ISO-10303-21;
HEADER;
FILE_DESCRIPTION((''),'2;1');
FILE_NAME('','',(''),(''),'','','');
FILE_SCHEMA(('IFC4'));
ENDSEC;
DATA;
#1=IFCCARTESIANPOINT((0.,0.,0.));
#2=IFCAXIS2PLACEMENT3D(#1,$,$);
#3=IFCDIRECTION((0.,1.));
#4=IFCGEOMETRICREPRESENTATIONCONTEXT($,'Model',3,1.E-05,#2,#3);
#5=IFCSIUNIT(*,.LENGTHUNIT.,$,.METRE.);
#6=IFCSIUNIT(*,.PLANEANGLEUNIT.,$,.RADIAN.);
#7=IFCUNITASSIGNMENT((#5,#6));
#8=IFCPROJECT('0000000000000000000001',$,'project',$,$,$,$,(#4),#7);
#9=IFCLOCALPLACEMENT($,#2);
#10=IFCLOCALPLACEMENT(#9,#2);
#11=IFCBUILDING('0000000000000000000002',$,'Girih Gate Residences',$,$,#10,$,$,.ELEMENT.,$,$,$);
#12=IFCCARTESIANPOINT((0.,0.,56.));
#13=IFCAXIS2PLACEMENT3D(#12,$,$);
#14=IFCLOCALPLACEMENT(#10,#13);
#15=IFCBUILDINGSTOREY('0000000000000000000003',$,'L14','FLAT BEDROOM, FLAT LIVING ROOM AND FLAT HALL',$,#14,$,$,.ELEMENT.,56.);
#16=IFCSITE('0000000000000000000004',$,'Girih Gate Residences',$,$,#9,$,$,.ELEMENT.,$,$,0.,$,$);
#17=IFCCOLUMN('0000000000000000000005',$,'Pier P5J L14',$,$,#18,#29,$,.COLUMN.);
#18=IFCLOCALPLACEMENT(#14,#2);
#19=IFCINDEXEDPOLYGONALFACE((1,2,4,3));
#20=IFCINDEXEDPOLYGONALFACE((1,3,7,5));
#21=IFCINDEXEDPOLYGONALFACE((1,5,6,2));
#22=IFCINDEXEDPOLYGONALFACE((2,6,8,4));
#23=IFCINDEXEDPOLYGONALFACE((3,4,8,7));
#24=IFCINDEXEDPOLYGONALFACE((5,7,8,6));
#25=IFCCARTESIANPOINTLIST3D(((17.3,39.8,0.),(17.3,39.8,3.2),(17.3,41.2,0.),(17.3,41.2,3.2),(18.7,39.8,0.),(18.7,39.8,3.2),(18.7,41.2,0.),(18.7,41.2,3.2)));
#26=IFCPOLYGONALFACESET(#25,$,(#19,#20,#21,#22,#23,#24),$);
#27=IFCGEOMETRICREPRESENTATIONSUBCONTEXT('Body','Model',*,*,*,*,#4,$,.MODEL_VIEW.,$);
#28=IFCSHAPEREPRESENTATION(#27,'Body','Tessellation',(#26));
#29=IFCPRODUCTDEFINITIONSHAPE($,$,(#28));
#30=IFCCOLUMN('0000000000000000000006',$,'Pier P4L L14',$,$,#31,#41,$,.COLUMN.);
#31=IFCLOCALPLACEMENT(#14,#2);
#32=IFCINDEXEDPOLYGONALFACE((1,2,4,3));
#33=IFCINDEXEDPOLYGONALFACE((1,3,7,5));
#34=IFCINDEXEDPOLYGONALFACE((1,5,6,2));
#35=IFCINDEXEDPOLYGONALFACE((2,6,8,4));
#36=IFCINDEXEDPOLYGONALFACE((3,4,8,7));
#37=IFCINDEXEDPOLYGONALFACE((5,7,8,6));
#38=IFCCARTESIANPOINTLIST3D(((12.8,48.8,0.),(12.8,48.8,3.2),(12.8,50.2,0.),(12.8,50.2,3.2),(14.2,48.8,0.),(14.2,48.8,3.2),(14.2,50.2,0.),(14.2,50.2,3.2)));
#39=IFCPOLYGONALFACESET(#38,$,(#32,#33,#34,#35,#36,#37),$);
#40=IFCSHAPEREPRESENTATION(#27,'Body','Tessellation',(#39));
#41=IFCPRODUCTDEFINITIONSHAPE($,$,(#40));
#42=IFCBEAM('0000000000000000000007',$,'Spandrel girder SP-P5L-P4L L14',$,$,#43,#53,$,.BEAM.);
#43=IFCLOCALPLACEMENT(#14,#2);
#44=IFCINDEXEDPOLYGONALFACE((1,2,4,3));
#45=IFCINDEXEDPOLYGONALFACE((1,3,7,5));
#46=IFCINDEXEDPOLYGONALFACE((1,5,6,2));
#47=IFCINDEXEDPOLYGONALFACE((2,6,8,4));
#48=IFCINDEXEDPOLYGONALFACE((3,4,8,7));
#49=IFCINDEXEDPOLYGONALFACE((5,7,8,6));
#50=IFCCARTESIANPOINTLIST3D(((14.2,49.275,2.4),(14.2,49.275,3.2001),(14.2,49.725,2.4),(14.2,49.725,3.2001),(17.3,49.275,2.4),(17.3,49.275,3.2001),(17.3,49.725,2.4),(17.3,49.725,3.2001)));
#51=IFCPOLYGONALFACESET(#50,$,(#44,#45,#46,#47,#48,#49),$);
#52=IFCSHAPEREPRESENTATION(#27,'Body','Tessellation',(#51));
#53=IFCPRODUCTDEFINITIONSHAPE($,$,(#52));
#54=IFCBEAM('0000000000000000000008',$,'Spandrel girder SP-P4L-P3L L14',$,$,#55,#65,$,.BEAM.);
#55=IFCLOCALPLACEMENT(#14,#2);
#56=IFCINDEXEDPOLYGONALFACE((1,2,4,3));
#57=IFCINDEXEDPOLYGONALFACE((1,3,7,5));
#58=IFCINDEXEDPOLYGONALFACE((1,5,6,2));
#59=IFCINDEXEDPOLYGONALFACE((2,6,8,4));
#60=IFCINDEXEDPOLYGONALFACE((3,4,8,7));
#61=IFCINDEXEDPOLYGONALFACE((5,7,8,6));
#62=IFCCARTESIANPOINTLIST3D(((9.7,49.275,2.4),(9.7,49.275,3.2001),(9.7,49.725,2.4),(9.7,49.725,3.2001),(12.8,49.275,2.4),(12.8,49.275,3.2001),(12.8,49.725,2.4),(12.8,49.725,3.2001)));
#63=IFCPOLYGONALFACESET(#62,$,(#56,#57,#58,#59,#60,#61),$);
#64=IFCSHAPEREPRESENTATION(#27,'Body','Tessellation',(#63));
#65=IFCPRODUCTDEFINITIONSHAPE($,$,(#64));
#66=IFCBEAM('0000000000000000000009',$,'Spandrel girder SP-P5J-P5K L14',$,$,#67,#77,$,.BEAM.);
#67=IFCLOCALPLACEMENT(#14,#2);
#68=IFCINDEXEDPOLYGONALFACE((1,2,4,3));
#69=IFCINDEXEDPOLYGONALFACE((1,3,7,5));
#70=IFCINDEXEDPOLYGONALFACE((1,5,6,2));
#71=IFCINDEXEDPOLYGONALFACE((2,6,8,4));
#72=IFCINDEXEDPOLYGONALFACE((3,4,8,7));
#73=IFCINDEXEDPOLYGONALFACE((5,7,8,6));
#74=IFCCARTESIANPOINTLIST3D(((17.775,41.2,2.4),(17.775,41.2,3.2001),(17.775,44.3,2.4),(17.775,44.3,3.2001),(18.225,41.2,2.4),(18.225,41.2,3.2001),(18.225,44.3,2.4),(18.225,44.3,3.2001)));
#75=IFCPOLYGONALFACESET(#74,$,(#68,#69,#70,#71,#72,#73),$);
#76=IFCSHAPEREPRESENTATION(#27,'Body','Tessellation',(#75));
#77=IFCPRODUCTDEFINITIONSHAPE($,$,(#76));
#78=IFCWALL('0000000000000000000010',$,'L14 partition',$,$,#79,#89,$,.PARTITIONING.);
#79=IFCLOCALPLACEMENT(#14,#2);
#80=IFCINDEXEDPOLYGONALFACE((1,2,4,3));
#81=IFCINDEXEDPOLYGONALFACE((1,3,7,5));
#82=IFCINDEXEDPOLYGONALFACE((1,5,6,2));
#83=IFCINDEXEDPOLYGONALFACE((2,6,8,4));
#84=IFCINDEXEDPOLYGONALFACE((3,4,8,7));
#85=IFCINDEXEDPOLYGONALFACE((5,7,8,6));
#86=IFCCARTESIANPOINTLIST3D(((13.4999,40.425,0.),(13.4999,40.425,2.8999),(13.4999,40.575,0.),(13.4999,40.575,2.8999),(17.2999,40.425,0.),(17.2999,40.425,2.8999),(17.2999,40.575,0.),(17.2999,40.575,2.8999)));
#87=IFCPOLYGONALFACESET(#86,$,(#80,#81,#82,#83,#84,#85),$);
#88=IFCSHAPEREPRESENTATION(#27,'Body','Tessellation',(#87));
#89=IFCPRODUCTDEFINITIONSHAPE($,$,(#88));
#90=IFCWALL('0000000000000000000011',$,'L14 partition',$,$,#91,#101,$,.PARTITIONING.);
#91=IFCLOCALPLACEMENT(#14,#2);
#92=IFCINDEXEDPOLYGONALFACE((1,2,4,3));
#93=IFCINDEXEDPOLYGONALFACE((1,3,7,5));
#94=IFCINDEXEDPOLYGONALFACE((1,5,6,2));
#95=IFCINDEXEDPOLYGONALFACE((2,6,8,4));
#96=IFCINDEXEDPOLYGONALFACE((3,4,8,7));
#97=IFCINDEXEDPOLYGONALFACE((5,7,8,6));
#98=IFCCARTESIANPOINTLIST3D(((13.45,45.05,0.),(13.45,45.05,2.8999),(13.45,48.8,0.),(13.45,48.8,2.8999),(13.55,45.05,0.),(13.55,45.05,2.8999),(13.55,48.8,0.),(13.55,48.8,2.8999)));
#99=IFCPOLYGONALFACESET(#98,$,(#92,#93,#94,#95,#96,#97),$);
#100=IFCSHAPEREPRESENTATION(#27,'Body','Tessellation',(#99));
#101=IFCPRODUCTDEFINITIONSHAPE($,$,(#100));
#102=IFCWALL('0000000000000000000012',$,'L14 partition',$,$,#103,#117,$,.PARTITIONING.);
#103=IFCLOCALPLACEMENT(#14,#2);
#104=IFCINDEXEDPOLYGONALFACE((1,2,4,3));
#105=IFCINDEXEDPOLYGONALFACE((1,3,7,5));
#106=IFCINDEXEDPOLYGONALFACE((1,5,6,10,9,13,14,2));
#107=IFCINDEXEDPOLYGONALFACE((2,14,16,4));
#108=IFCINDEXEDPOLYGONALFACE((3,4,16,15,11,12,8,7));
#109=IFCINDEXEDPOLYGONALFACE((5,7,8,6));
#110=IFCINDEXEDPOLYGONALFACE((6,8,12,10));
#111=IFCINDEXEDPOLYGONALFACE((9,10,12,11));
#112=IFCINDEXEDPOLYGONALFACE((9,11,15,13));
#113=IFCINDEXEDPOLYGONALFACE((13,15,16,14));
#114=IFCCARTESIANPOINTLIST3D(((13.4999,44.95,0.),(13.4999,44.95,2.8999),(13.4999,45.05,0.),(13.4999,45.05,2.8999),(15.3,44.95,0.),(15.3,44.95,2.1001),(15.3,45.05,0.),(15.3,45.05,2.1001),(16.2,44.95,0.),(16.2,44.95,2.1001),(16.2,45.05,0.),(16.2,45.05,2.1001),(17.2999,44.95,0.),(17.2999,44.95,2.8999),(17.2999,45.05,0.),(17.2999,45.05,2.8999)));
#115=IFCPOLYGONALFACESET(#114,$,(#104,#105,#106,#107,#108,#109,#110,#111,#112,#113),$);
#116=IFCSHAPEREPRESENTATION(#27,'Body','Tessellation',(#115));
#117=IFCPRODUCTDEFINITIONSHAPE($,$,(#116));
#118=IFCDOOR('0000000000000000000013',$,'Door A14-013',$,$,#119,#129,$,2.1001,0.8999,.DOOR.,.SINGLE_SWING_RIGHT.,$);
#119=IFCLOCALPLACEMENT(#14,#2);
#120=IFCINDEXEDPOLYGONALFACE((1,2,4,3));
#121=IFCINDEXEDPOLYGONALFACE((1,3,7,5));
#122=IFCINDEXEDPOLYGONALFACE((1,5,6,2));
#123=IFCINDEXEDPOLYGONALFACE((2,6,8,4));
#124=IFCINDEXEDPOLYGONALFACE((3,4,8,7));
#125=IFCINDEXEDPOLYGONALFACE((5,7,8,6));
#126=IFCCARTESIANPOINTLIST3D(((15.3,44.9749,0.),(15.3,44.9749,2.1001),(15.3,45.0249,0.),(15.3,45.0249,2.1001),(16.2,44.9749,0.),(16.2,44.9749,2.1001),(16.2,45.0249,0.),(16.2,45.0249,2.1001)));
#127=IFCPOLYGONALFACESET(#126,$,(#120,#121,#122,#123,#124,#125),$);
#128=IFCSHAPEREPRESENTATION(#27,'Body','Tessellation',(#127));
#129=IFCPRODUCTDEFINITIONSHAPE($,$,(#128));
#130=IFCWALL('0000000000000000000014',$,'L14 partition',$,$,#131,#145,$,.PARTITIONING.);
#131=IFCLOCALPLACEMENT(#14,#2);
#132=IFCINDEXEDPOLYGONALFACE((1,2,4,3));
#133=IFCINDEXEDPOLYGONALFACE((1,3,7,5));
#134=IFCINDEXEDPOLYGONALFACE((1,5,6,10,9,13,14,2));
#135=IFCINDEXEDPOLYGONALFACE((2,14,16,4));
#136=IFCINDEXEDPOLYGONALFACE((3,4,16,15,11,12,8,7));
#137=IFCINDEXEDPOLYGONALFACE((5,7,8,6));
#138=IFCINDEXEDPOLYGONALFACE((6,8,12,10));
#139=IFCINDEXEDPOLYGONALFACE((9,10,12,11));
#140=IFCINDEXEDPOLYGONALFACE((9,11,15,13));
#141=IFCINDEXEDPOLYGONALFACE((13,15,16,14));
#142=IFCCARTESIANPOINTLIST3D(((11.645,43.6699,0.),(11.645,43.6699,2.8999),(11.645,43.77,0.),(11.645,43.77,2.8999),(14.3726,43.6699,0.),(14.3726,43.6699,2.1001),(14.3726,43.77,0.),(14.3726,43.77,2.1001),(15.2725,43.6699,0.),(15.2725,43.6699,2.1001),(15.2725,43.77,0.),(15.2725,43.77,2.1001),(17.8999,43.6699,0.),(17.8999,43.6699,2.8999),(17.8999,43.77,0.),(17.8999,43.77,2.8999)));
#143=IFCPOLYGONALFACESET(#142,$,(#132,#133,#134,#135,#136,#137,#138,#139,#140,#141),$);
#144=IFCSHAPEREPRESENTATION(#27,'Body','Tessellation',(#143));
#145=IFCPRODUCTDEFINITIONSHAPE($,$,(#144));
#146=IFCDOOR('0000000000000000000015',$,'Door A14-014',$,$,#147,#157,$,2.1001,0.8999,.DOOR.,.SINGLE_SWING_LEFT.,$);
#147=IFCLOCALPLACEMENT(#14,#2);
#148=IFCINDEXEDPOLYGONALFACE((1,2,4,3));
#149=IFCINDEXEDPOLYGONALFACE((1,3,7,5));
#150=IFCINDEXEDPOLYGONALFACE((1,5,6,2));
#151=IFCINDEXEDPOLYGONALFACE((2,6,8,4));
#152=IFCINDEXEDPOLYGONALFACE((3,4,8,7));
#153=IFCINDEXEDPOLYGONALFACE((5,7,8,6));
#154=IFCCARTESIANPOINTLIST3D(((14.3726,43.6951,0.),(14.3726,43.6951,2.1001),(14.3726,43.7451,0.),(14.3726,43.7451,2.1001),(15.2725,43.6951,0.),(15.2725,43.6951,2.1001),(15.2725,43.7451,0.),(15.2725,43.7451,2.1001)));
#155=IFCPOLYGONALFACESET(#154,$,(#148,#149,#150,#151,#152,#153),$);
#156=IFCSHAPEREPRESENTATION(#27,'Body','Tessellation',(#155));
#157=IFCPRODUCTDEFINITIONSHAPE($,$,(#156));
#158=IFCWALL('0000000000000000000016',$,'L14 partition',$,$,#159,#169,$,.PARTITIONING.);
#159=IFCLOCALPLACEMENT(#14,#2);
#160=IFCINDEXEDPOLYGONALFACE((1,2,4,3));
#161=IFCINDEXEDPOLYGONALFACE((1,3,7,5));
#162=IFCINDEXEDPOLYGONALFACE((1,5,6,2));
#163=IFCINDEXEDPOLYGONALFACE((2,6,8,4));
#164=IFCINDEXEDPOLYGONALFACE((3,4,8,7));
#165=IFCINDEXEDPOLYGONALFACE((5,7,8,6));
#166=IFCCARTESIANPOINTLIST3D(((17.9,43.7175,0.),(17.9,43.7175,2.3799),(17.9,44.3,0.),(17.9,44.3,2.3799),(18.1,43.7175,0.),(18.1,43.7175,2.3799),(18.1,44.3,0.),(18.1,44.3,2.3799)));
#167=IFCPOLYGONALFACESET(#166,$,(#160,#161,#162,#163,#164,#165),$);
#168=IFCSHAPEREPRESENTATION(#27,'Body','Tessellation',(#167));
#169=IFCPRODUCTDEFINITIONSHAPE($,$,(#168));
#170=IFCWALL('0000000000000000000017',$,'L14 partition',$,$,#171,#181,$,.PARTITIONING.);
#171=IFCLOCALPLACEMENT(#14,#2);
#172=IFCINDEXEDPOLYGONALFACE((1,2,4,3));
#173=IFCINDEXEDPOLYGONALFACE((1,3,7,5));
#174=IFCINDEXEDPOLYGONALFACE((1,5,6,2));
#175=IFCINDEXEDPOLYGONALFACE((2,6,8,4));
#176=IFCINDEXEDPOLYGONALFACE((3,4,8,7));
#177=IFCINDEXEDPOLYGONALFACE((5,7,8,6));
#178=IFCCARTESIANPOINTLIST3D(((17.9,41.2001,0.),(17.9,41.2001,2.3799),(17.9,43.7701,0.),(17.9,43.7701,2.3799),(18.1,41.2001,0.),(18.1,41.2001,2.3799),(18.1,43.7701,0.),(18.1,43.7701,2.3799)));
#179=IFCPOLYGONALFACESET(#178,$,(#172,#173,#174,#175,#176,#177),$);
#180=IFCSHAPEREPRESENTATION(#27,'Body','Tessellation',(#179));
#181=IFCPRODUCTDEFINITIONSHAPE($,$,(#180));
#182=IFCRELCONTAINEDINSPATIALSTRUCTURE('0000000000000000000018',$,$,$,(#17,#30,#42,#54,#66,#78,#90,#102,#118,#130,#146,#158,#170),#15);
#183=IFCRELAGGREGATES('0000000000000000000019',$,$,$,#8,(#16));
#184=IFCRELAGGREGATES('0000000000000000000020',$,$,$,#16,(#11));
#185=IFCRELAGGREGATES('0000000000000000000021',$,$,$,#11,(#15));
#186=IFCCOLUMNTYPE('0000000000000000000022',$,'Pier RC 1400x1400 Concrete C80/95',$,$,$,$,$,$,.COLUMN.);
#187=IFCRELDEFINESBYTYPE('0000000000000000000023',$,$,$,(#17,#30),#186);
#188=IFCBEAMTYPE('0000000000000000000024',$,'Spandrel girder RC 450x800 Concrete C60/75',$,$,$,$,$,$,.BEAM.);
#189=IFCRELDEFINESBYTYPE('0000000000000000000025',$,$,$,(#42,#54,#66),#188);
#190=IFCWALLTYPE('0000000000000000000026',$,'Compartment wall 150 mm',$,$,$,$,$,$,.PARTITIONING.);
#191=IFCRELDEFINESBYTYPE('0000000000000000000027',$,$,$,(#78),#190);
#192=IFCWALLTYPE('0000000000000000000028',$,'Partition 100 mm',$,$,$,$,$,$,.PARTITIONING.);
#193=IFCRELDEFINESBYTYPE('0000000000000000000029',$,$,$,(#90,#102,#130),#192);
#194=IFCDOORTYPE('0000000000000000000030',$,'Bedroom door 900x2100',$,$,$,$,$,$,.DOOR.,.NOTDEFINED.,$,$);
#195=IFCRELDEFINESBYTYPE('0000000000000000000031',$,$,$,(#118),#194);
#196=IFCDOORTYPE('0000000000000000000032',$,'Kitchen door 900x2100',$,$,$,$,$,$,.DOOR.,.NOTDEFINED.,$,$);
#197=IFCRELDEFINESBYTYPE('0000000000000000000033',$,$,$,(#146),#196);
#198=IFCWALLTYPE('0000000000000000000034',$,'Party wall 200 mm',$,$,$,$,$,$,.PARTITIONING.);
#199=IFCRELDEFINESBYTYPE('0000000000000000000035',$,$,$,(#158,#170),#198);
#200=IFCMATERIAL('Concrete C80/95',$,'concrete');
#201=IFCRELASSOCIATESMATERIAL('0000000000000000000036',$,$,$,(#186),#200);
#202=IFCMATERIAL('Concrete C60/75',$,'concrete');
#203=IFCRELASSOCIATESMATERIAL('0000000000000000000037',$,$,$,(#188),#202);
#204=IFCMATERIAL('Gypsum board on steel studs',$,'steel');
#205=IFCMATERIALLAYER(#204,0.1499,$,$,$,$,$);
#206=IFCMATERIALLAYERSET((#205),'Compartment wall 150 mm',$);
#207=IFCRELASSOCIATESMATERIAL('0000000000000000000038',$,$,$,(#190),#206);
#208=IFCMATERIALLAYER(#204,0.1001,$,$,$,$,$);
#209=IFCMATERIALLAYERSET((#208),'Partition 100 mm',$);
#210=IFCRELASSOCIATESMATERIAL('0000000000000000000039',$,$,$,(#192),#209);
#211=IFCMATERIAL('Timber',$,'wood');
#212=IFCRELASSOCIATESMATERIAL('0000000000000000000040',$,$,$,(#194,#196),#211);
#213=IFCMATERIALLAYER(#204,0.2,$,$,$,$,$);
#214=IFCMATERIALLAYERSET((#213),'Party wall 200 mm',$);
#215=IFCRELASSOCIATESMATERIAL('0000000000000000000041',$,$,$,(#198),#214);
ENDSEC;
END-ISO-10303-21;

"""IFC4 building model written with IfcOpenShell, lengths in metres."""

from ifc_helpers import new_model, si_unit, direction, frame, frame_2d, origin, origin_2d, place, context, subcontext, project, spatial, rectangle, extrude, material, layer, layer_set, material_profile, profile_set, type_object, element, fill, save


model = new_model("IFC4")

# Units and contexts
model_context = context("Model", 3, precision=1e-05, world=origin(), true_north=direction((0.0, 1.0)))
body_context = subcontext(model_context, "Body", "Model", "MODEL_VIEW")
ifc_project = project(units=[si_unit("LENGTHUNIT", "METRE"), si_unit("PLANEANGLEUNIT", "RADIAN")], contexts=[model_context])

# Site, building, storey
site_placement = place(None, origin())
site = spatial("IfcSite", under=ifc_project, at=site_placement, Name="Girih Gate Residences", CompositionType="ELEMENT", RefElevation=0.0)
building_placement = place(site_placement, origin())
building = spatial("IfcBuilding", under=site, at=building_placement, Name="Girih Gate Residences", CompositionType="ELEMENT")
storey_placement = place(building_placement, frame((0.0, 0.0, 56.0)))
storey = spatial("IfcBuildingStorey", under=building, at=storey_placement, Name="L14", Description="FLAT BEDROOM, FLAT LIVING ROOM AND FLAT HALL", CompositionType="ELEMENT", Elevation=56.0)

# Columns
ifc_material_1 = material(Name="Concrete C80/95", Category="concrete")
ifc_material_profile_1 = material_profile(ifc_material_1, rectangle(XDim=1.3999, YDim=1.3999, at=origin_2d()))
ifc_profile_set_1 = profile_set([ifc_material_profile_1], Name="Concrete C80/95")
column_type = type_object("IfcColumnType", Name="Pier RC 1400x1400 Concrete C80/95", PredefinedType="COLUMN", material=ifc_profile_set_1)
for number, where, z_axis, x_axis, name in (
    (1, (18.0, 40.5, 0.0), (0.0, 0.0, 1.0), (1.0, 0.0, 0.0), "Pier P5J L14"),
    (2, (13.5, 49.5, 0.0), (0.0, 0.0, 1.0), (1.0, 0.0, 0.0), "Pier P4L L14"),
):
    element("IfcColumn", number, at=place(storey_placement, frame(where, z_axis=z_axis, x_axis=x_axis)), inside=storey, type_object=column_type, Name=name, PredefinedType="COLUMN", context=body_context, shape_type="SweptSolid", body=[
        extrude(rectangle(XDim=1.3999, YDim=1.3999, at=origin_2d()), origin(), (0.0, 0.0, 1.0), 3.2),
    ])

# Beams
ifc_material_2 = material(Name="Concrete C60/75", Category="concrete")
ifc_material_profile_2 = material_profile(ifc_material_2, rectangle(XDim=0.45, YDim=0.8, at=origin_2d()))
ifc_profile_set_2 = profile_set([ifc_material_profile_2], Name="Concrete C60/75")
beam_type = type_object("IfcBeamType", Name="Spandrel girder RC 450x800 Concrete C60/75", PredefinedType="BEAM", material=ifc_profile_set_2)
for number, where, z_axis, x_axis, name in (
    (3, (17.3, 49.5, 2.8), (-1.0, 0.0, 0.0), (0.0, -1.0, 0.0), "Spandrel girder SP-P5L-P4L L14"),
    (4, (12.8, 49.5, 2.8), (-1.0, 0.0, 0.0), (0.0, -1.0, 0.0), "Spandrel girder SP-P4L-P3L L14"),
    (5, (18.0, 41.2, 2.8), (0.0, 1.0, 0.0), (-1.0, 0.0, 0.0), "Spandrel girder SP-P5J-P5K L14"),
):
    element("IfcBeam", number, at=place(storey_placement, frame(where, z_axis=z_axis, x_axis=x_axis)), inside=storey, type_object=beam_type, Name=name, PredefinedType="BEAM", context=body_context, shape_type="SweptSolid", body=[
        extrude(rectangle(XDim=0.45, YDim=0.8, at=origin_2d()), origin(), (0.0, 0.0, 1.0), 3.1001),
    ])

# Walls
ifc_material_3 = material(Name="Gypsum board on steel studs", Category="steel")
ifc_layer_1 = layer(ifc_material_3, 0.1499)
ifc_layer_set_1 = layer_set([ifc_layer_1], Name="Compartment wall 150 mm")
wall_type_1 = type_object("IfcWallType", Name="Compartment wall 150 mm", PredefinedType="PARTITIONING", material=ifc_layer_set_1)
wall_1_placement = place(storey_placement, frame((13.5, 40.5, 0.0), z_axis=(0.0, 0.0, 1.0), x_axis=(1.0, 0.0, 0.0)))
element("IfcWall", 6, at=wall_1_placement, inside=storey, type_object=wall_type_1, Name="L14 partition", PredefinedType="PARTITIONING", context=body_context, shape_type="SweptSolid", body=[
    extrude(rectangle(XDim=3.8, YDim=0.1499, at=frame_2d((1.8999, 0.0))), origin(), (0.0, 0.0, 1.0), 2.8999),
])
ifc_layer_2 = layer(ifc_material_3, 0.1001)
ifc_layer_set_2 = layer_set([ifc_layer_2], Name="Partition 100 mm")
wall_type_2 = type_object("IfcWallType", Name="Partition 100 mm", PredefinedType="PARTITIONING", material=ifc_layer_set_2)
wall_2_placement = place(storey_placement, frame((13.5, 45.05, 0.0), z_axis=(0.0, 0.0, 1.0), x_axis=(0.0, 1.0, 0.0)))
element("IfcWall", 7, at=wall_2_placement, inside=storey, type_object=wall_type_2, Name="L14 partition", PredefinedType="PARTITIONING", context=body_context, shape_type="SweptSolid", body=[
    extrude(rectangle(XDim=3.75, YDim=0.1001, at=frame_2d((1.875, 0.0))), origin(), (0.0, 0.0, 1.0), 2.8999),
])

# Walls, openings, doors
wall_3_placement = place(storey_placement, frame((13.5, 45.0, 0.0), z_axis=(0.0, 0.0, 1.0), x_axis=(1.0, 0.0, 0.0)))
wall_3 = element("IfcWall", 8, at=wall_3_placement, inside=storey, type_object=wall_type_2, Name="L14 partition", PredefinedType="PARTITIONING", context=body_context, shape_type="SweptSolid", body=[
    extrude(rectangle(XDim=3.8, YDim=0.1001, at=frame_2d((1.8999, 0.0))), origin(), (0.0, 0.0, 1.0), 2.8999),
])
opening_1_placement = place(wall_3_placement, frame((1.8, 0.0, 0.0)))
opening_1 = element("IfcOpeningElement", 9, at=opening_1_placement, cuts=wall_3, PredefinedType="OPENING", context=body_context, shape_type="SweptSolid", body=[
    extrude(rectangle(XDim=0.8999, YDim=2.1001, at=frame_2d((0.45, 1.05))), frame((0.0, 0.0601, 0.0), z_axis=(0.0, -1.0, 0.0), x_axis=(1.0, 0.0, 0.0)), (0.0, 0.0, 1.0), 0.1201),
])
ifc_material_4 = material(Name="Timber", Category="wood")
door_type_1 = type_object("IfcDoorType", Name="Bedroom door 900x2100", OperationType="NOTDEFINED", PredefinedType="DOOR", material=ifc_material_4)
door_1_placement = place(opening_1_placement, origin())
door_1 = element("IfcDoor", 10, at=door_1_placement, inside=storey, type_object=door_type_1, Name="Door A14-013", OperationType="SINGLE_SWING_RIGHT", OverallHeight=2.1001, OverallWidth=0.8999, PredefinedType="DOOR", context=body_context, shape_type="SweptSolid", body=[
    extrude(rectangle(XDim=0.8999, YDim=2.1001, at=frame_2d((0.45, 1.05))), frame((0.0, 0.0249, 0.0), z_axis=(0.0, -1.0, 0.0), x_axis=(1.0, 0.0, 0.0)), (0.0, 0.0, 1.0), 0.05),
])
fill(opening_1, door_1)
wall_4_placement = place(storey_placement, frame((17.8999, 43.72, 0.0), z_axis=(0.0, 0.0, 1.0), x_axis=(-1.0, 0.0, 0.0)))
wall_4 = element("IfcWall", 11, at=wall_4_placement, inside=storey, type_object=wall_type_2, Name="L14 partition", PredefinedType="PARTITIONING", context=body_context, shape_type="SweptSolid", body=[
    extrude(rectangle(XDim=6.2549, YDim=0.1001, at=frame_2d((3.1274, 0.0))), origin(), (0.0, 0.0, 1.0), 2.8999),
])
opening_2_placement = place(wall_4_placement, frame((2.6274, 0.0, 0.0)))
opening_2 = element("IfcOpeningElement", 12, at=opening_2_placement, cuts=wall_4, PredefinedType="OPENING", context=body_context, shape_type="SweptSolid", body=[
    extrude(rectangle(XDim=0.8999, YDim=2.1001, at=frame_2d((0.45, 1.05))), frame((0.0, 0.0601, 0.0), z_axis=(0.0, -1.0, 0.0), x_axis=(1.0, 0.0, 0.0)), (0.0, 0.0, 1.0), 0.1201),
])
door_type_2 = type_object("IfcDoorType", Name="Kitchen door 900x2100", OperationType="NOTDEFINED", PredefinedType="DOOR", material=ifc_material_4)
door_2_placement = place(opening_2_placement, origin())
door_2 = element("IfcDoor", 13, at=door_2_placement, inside=storey, type_object=door_type_2, Name="Door A14-014", OperationType="SINGLE_SWING_LEFT", OverallHeight=2.1001, OverallWidth=0.8999, PredefinedType="DOOR", context=body_context, shape_type="SweptSolid", body=[
    extrude(rectangle(XDim=0.8999, YDim=2.1001, at=frame_2d((0.45, 1.05))), frame((0.0, 0.0249, 0.0), z_axis=(0.0, -1.0, 0.0), x_axis=(1.0, 0.0, 0.0)), (0.0, 0.0, 1.0), 0.05),
])
fill(opening_2, door_2)

# Walls
ifc_layer_3 = layer(ifc_material_3, 0.2)
ifc_layer_set_3 = layer_set([ifc_layer_3], Name="Party wall 200 mm")
wall_type_3 = type_object("IfcWallType", Name="Party wall 200 mm", PredefinedType="PARTITIONING", material=ifc_layer_set_3)
wall_5_placement = place(storey_placement, frame((18.0, 43.7175, 0.0), z_axis=(0.0, 0.0, 1.0), x_axis=(0.0, 1.0, 0.0)))
element("IfcWall", 14, at=wall_5_placement, inside=storey, type_object=wall_type_3, Name="L14 partition", PredefinedType="PARTITIONING", context=body_context, shape_type="SweptSolid", body=[
    extrude(rectangle(XDim=0.5825, YDim=0.2, at=frame_2d((0.2913, 0.0))), origin(), (0.0, 0.0, 1.0), 2.3799),
])
wall_6_placement = place(storey_placement, frame((18.0, 41.2, 0.0), z_axis=(0.0, 0.0, 1.0), x_axis=(0.0, 1.0, 0.0)))
element("IfcWall", 15, at=wall_6_placement, inside=storey, type_object=wall_type_3, Name="L14 partition", PredefinedType="PARTITIONING", context=body_context, shape_type="SweptSolid", body=[
    extrude(rectangle(XDim=2.5701, YDim=0.2, at=frame_2d((1.2852, 0.0))), origin(), (0.0, 0.0, 1.0), 2.3799),
])

save(model, "model.ifc")
